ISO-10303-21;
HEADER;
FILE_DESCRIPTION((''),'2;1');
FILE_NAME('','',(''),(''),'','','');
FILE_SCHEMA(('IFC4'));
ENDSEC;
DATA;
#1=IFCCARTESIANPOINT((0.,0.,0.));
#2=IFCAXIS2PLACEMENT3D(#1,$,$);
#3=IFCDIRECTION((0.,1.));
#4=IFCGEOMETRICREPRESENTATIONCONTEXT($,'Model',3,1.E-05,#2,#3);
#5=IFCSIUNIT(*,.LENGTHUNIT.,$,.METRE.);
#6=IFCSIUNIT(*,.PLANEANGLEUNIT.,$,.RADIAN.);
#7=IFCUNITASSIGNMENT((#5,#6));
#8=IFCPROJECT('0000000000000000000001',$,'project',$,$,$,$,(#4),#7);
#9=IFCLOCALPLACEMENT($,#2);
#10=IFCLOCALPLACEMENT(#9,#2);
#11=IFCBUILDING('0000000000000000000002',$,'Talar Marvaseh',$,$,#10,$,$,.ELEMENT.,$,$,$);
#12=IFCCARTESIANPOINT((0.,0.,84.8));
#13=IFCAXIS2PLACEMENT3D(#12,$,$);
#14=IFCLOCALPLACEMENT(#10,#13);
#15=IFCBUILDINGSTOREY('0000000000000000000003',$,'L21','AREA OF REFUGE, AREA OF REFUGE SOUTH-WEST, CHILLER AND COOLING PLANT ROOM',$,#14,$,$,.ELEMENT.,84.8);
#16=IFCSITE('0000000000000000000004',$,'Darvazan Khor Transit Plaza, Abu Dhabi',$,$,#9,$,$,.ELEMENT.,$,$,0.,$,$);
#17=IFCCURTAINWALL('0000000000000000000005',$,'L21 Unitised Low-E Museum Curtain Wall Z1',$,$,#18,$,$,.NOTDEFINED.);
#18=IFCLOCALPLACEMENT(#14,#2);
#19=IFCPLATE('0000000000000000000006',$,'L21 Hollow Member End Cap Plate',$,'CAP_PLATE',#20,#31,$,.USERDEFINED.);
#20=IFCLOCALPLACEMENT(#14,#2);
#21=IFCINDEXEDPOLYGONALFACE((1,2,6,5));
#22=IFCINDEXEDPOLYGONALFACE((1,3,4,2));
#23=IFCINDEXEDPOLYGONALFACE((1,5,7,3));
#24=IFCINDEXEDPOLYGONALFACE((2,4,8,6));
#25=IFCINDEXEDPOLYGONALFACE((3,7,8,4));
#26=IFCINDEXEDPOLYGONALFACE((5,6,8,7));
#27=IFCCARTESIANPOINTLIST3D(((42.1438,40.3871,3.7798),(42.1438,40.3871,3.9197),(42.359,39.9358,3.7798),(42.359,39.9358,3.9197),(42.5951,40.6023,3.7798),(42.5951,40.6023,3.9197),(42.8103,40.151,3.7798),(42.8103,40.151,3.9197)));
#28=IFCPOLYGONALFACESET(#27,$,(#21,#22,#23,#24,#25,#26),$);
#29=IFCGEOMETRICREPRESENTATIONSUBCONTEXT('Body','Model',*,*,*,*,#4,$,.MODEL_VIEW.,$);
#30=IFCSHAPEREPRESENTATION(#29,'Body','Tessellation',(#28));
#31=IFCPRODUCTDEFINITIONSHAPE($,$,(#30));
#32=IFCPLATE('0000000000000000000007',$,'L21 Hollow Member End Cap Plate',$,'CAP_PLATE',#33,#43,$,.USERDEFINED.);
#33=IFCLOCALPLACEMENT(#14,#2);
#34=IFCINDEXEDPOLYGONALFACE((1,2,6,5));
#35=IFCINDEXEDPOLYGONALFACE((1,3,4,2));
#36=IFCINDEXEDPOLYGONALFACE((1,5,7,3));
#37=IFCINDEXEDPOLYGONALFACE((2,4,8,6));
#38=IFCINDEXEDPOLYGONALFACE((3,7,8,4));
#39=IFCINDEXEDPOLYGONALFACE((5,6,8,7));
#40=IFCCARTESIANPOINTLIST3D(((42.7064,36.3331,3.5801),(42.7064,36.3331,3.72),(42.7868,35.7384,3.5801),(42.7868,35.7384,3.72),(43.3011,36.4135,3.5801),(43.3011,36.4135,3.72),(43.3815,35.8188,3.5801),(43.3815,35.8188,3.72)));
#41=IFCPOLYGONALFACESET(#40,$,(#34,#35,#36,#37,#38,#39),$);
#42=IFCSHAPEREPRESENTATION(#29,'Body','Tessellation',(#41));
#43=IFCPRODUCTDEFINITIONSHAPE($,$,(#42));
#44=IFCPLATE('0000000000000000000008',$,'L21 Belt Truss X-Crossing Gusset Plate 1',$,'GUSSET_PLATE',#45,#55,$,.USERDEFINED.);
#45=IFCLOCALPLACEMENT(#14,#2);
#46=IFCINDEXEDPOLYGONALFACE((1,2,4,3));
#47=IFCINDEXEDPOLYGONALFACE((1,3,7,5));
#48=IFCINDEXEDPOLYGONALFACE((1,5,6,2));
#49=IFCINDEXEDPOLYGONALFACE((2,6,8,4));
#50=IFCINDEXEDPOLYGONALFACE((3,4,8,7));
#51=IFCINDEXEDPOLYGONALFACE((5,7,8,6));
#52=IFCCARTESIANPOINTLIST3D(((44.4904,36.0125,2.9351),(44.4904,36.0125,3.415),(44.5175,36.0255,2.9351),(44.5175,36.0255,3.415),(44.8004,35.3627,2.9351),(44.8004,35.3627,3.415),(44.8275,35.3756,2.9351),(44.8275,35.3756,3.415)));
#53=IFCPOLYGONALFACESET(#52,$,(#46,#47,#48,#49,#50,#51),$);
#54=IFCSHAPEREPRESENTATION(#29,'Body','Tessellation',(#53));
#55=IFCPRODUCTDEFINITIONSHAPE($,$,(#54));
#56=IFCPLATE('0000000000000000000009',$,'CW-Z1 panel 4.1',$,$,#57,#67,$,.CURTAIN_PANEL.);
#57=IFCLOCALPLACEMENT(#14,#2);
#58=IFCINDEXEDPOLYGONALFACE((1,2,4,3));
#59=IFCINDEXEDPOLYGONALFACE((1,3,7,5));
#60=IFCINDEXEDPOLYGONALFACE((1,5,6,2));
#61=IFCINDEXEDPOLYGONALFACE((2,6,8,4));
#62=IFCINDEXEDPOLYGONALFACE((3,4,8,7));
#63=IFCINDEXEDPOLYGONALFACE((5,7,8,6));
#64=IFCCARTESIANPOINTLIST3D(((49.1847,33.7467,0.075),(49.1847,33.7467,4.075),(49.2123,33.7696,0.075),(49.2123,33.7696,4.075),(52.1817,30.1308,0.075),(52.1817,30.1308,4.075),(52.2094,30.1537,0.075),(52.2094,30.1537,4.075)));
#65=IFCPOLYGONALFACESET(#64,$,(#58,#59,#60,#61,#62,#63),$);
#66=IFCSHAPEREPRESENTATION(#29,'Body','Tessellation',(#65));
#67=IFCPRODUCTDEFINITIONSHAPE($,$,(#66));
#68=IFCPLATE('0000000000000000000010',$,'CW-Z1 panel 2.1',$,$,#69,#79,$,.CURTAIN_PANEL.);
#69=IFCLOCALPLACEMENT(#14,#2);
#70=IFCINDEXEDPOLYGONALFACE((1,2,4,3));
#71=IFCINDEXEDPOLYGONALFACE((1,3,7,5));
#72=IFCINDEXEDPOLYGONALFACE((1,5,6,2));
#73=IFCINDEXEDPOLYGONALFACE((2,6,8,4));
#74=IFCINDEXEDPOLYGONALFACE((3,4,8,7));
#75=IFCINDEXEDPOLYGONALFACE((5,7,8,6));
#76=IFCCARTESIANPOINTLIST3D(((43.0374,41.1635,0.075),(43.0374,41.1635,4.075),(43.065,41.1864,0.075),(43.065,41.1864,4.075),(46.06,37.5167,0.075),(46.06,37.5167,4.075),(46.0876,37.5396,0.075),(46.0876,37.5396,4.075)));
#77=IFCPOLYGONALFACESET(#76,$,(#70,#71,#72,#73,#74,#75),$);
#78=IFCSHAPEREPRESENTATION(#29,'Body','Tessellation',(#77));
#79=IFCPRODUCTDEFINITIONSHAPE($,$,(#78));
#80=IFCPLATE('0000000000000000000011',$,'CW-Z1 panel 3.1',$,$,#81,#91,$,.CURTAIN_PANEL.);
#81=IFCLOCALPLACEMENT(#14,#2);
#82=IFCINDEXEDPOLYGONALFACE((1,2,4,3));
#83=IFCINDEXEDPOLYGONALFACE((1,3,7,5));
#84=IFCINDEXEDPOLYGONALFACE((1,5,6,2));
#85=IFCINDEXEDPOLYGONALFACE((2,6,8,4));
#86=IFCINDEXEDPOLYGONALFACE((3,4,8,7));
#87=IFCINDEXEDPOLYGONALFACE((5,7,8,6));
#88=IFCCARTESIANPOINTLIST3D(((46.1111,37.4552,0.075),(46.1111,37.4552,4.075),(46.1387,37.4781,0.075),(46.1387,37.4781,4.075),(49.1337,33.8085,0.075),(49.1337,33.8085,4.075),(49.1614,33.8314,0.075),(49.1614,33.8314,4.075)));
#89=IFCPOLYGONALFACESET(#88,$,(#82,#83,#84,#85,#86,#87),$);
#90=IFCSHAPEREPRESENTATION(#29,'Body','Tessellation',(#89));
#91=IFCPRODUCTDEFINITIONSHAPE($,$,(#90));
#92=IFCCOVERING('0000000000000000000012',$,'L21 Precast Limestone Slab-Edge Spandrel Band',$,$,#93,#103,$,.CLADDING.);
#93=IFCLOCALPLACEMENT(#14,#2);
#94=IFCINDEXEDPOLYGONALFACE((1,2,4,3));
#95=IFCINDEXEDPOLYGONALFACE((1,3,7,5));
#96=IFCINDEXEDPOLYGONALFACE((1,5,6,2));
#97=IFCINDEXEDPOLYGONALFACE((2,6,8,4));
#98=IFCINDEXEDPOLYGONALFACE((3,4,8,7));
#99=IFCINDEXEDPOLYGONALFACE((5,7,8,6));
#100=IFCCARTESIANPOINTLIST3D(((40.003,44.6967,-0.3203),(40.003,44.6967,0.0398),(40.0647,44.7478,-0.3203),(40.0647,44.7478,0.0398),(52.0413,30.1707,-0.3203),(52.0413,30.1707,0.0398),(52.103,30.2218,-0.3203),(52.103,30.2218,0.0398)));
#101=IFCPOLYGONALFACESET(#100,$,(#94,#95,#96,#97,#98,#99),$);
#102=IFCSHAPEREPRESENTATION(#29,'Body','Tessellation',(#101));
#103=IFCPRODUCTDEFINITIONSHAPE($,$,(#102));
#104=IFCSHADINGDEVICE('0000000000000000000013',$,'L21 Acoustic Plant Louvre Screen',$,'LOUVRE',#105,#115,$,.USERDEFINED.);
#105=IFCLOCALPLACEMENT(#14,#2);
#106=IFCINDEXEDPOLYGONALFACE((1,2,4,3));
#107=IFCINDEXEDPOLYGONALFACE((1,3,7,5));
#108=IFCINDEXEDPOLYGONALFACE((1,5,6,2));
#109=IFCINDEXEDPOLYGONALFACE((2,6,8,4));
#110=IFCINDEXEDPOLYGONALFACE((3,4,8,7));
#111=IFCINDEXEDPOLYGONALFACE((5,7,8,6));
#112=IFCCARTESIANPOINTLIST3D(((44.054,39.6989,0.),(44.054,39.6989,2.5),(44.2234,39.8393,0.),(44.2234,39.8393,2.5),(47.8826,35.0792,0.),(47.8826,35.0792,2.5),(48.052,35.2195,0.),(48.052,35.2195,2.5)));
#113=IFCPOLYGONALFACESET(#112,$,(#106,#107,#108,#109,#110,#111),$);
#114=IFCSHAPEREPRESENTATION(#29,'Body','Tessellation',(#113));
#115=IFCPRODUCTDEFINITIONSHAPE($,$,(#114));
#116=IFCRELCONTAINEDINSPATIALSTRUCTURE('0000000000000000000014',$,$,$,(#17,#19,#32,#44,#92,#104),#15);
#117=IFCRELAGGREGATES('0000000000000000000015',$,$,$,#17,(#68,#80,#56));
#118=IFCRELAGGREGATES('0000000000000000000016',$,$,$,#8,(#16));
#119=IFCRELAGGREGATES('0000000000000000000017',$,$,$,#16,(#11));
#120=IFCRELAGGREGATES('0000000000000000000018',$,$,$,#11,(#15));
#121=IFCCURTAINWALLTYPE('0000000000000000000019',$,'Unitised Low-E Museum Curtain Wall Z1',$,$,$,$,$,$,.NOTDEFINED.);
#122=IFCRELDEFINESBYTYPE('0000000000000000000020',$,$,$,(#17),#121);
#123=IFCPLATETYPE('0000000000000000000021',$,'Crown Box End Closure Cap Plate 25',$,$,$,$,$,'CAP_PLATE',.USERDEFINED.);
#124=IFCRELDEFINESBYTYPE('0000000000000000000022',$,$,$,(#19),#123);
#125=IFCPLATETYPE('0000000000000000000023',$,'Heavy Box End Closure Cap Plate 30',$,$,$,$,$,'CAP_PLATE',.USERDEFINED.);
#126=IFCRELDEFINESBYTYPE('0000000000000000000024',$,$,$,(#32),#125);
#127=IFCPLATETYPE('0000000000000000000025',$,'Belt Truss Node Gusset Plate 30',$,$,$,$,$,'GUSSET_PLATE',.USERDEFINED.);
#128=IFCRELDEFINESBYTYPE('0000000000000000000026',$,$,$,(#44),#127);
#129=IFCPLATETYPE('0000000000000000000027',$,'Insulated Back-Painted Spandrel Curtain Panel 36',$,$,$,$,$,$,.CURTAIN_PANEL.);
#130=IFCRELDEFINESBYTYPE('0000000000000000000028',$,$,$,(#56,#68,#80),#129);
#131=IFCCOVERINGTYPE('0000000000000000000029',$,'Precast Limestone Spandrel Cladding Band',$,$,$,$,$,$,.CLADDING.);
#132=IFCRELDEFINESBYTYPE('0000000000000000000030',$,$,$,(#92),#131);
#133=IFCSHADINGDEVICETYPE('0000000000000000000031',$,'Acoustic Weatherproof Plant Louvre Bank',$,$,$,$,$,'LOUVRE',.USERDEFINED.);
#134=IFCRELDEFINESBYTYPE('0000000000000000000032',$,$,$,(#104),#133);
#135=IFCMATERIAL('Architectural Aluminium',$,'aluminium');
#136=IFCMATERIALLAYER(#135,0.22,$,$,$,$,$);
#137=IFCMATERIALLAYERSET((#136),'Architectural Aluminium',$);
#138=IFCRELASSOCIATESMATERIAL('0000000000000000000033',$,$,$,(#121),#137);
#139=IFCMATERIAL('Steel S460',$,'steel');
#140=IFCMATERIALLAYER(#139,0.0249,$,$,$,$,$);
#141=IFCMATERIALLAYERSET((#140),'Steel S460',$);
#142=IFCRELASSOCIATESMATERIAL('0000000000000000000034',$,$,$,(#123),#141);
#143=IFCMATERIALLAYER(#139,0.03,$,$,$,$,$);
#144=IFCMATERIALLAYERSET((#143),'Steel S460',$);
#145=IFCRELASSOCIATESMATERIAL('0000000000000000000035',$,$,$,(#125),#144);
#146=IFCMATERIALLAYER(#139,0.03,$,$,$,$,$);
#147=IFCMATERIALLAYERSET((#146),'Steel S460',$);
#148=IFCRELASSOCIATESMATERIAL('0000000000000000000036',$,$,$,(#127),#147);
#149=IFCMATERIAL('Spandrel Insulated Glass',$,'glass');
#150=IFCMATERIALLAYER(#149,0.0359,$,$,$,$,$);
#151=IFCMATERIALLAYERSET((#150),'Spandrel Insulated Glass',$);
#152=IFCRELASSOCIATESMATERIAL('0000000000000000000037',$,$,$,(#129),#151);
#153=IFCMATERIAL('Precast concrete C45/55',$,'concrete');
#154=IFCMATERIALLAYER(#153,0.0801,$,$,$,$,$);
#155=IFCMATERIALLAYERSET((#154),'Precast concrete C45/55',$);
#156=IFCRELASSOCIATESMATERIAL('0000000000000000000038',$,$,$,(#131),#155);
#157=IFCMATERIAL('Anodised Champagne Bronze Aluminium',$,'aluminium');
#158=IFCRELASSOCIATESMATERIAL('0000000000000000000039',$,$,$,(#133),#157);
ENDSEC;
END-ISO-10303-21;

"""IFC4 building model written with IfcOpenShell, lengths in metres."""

from ifc_helpers import new_model, si_unit, direction, frame, origin, origin_2d, place, context, subcontext, project, spatial, rectangle, extrude, source, transform, mapped, material, layer, layer_set, type_object, type_shapes, element, aggregate, save


model = new_model("IFC4")

# Units and contexts
model_context = context("Model", 3, precision=1e-05, world=origin(), true_north=direction((0.0, 1.0)))
body_context = subcontext(model_context, "Body", "Model", "MODEL_VIEW")
ifc_project = project(units=[si_unit("LENGTHUNIT", "METRE"), si_unit("PLANEANGLEUNIT", "RADIAN")], contexts=[model_context])

# Site, building, storey
site_placement = place(None, origin())
site = spatial("IfcSite", under=ifc_project, at=site_placement, Name="Darvazan Khor Transit Plaza, Abu Dhabi", CompositionType="ELEMENT", RefElevation=0.0)
building_placement = place(site_placement, origin())
building = spatial("IfcBuilding", under=site, at=building_placement, Name="Talar Marvaseh", CompositionType="ELEMENT")
storey_placement = place(building_placement, frame((0.0, 0.0, 84.8)))
storey = spatial("IfcBuildingStorey", under=building, at=storey_placement, Name="L21", Description="AREA OF REFUGE, AREA OF REFUGE SOUTH-WEST, CHILLER AND COOLING PLANT ROOM", CompositionType="ELEMENT", Elevation=84.8)

# Shared definitions
ifc_material_1 = material(Name="Steel S460", Category="steel")

# Curtain wall
ifc_material_2 = material(Name="Architectural Aluminium", Category="aluminium")
ifc_layer_1 = layer(ifc_material_2, 0.22)
ifc_layer_set_1 = layer_set([ifc_layer_1], Name="Architectural Aluminium")
curtain_wall_type = type_object("IfcCurtainWallType", Name="Unitised Low-E Museum Curtain Wall Z1", PredefinedType="NOTDEFINED", material=ifc_layer_set_1)
curtain_wall_placement = place(storey_placement, origin())
curtain_wall = element("IfcCurtainWall", 1, at=curtain_wall_placement, inside=storey, type_object=curtain_wall_type, Name="L21 Unitised Low-E Museum Curtain Wall Z1", PredefinedType="NOTDEFINED")

# Plates
ifc_layer_2 = layer(ifc_material_1, 0.0249)
ifc_layer_set_2 = layer_set([ifc_layer_2], Name="Steel S460")
plate_type_1 = type_object("IfcPlateType", Name="Crown Box End Closure Cap Plate 25", ElementType="CAP_PLATE", PredefinedType="USERDEFINED", material=ifc_layer_set_2)
shared_shape_1 = source(origin(), body_context, "Body", "SweptSolid", [
    extrude(rectangle(XDim=0.5, YDim=0.5, at=origin_2d()), origin(), (0.0, 0.0, 1.0), 0.1399),
])
type_shapes(plate_type_1, [shared_shape_1])
for number, where, z_axis, x_axis, name in (
    (2, (42.4771, 40.269, 3.7798), (0.0, 0.0, 1.0), (-0.430511, 0.902585, 0.0), "L21 Hollow Member End Cap Plate"),
):
    element("IfcPlate", number, at=place(storey_placement, frame(where, z_axis=z_axis, x_axis=x_axis)), inside=storey, type_object=plate_type_1, Name=name, ObjectType="CAP_PLATE", PredefinedType="USERDEFINED", context=body_context, shape_type="MappedRepresentation", body=[
        mapped(shared_shape_1, transform((0.0, 0.0, 0.0), x_axis=(1.0, 0.0, 0.0), y_axis=(0.0, 1.0, 0.0), z_axis=(0.0, 0.0, 1.0), scale=1.0)),
    ])
ifc_layer_3 = layer(ifc_material_1, 0.03)
ifc_layer_set_3 = layer_set([ifc_layer_3], Name="Steel S460")
plate_type_2 = type_object("IfcPlateType", Name="Heavy Box End Closure Cap Plate 30", ElementType="CAP_PLATE", PredefinedType="USERDEFINED", material=ifc_layer_set_3)
shared_shape_2 = source(origin(), body_context, "Body", "SweptSolid", [
    extrude(rectangle(XDim=0.6001, YDim=0.6001, at=origin_2d()), origin(), (0.0, 0.0, 1.0), 0.1399),
])
type_shapes(plate_type_2, [shared_shape_2])
plate_1_placement = place(storey_placement, frame((43.0439, 36.0759, 3.5801), z_axis=(0.0, 0.0, 1.0), x_axis=(0.133986, -0.990983, 0.0)))
element("IfcPlate", 3, at=plate_1_placement, inside=storey, type_object=plate_type_2, Name="L21 Hollow Member End Cap Plate", ObjectType="CAP_PLATE", PredefinedType="USERDEFINED", context=body_context, shape_type="MappedRepresentation", body=[
    mapped(shared_shape_2, transform((0.0, 0.0, 0.0), x_axis=(1.0, 0.0, 0.0), y_axis=(0.0, 1.0, 0.0), z_axis=(0.0, 0.0, 1.0), scale=1.0)),
])
ifc_layer_4 = layer(ifc_material_1, 0.03)
ifc_layer_set_4 = layer_set([ifc_layer_4], Name="Steel S460")
plate_type_3 = type_object("IfcPlateType", Name="Belt Truss Node Gusset Plate 30", ElementType="GUSSET_PLATE", PredefinedType="USERDEFINED", material=ifc_layer_set_4)
shared_shape_3 = source(origin(), body_context, "Body", "SweptSolid", [
    extrude(rectangle(XDim=0.72, YDim=0.03, at=origin_2d()), origin(), (0.0, 0.0, 1.0), 0.48),
])
type_shapes(plate_type_3, [shared_shape_3])
plate_2_placement = place(storey_placement, frame((44.6589, 35.6941, 2.9351), z_axis=(0.0, 0.0, 1.0), x_axis=(0.430511, -0.902585, 0.0)))
element("IfcPlate", 4, at=plate_2_placement, inside=storey, type_object=plate_type_3, Name="L21 Belt Truss X-Crossing Gusset Plate 1", ObjectType="GUSSET_PLATE", PredefinedType="USERDEFINED", context=body_context, shape_type="MappedRepresentation", body=[
    mapped(shared_shape_3, transform((0.0, 0.0, 0.0), x_axis=(1.0, 0.0, 0.0), y_axis=(0.0, 1.0, 0.0), z_axis=(0.0, 0.0, 1.0), scale=1.0)),
])

# Plates
ifc_material_3 = material(Name="Spandrel Insulated Glass", Category="glass")
ifc_layer_5 = layer(ifc_material_3, 0.0359)
ifc_layer_set_5 = layer_set([ifc_layer_5], Name="Spandrel Insulated Glass")
plate_type_4 = type_object("IfcPlateType", Name="Insulated Back-Painted Spandrel Curtain Panel 36", PredefinedType="CURTAIN_PANEL", material=ifc_layer_set_5)
shared_shape_4 = source(origin(), body_context, "Body", "SweptSolid", [
    extrude(rectangle(XDim=4.6965, YDim=0.0359, at=origin_2d()), origin(), (0.0, 0.0, 1.0), 4.0),
])
plate_3_placement = place(storey_placement, frame((50.697, 31.9502, 0.075), z_axis=(0.0, 0.0, 1.0), x_axis=(0.638147, -0.769915, 0.0)))
plate_3 = element("IfcPlate", 5, at=plate_3_placement, type_object=plate_type_4, Name="CW-Z1 panel 4.1", PredefinedType="CURTAIN_PANEL", context=body_context, shape_type="MappedRepresentation", body=[
    mapped(shared_shape_4, transform((0.0, 0.0, 0.0), x_axis=(1.0, 0.0, 0.0), y_axis=(0.0, 1.0, 0.0), z_axis=(0.0, 0.0, 1.0), scale=1.0)),
])
shared_shape_5 = source(origin(), body_context, "Body", "SweptSolid", [
    extrude(rectangle(XDim=4.7366, YDim=0.0359, at=origin_2d()), origin(), (0.0, 0.0, 1.0), 4.0),
])
type_shapes(plate_type_4, [shared_shape_4, shared_shape_5])
plate_4_placement = place(storey_placement, frame((44.5625, 39.3516, 0.075), z_axis=(0.0, 0.0, 1.0), x_axis=(0.638147, -0.769915, 0.0)))
plate_4 = element("IfcPlate", 6, at=plate_4_placement, type_object=plate_type_4, Name="CW-Z1 panel 2.1", PredefinedType="CURTAIN_PANEL", context=body_context, shape_type="MappedRepresentation", body=[
    mapped(shared_shape_5, transform((0.0, 0.0, 0.0), x_axis=(1.0, 0.0, 0.0), y_axis=(0.0, 1.0, 0.0), z_axis=(0.0, 0.0, 1.0), scale=1.0)),
])
plate_5_placement = place(storey_placement, frame((47.6362, 35.6433, 0.075), z_axis=(0.0, 0.0, 1.0), x_axis=(0.638147, -0.769915, 0.0)))
plate_5 = element("IfcPlate", 7, at=plate_5_placement, type_object=plate_type_4, Name="CW-Z1 panel 3.1", PredefinedType="CURTAIN_PANEL", context=body_context, shape_type="MappedRepresentation", body=[
    mapped(shared_shape_5, transform((0.0, 0.0, 0.0), x_axis=(1.0, 0.0, 0.0), y_axis=(0.0, 1.0, 0.0), z_axis=(0.0, 0.0, 1.0), scale=1.0)),
])
aggregate(curtain_wall, [plate_4, plate_5, plate_3])

# Covering
ifc_material_4 = material(Name="Precast concrete C45/55", Category="concrete")
ifc_layer_6 = layer(ifc_material_4, 0.0801)
ifc_layer_set_6 = layer_set([ifc_layer_6], Name="Precast concrete C45/55")
covering_type = type_object("IfcCoveringType", Name="Precast Limestone Spandrel Cladding Band", PredefinedType="CLADDING", material=ifc_layer_set_6)
shared_shape_6 = source(origin(), body_context, "Body", "SweptSolid", [
    extrude(rectangle(XDim=18.866, YDim=0.0801, at=origin_2d()), origin(), (0.0, 0.0, 1.0), 0.3601),
])
type_shapes(covering_type, [shared_shape_6])
covering_placement = place(storey_placement, frame((46.053, 37.4592, -0.3203), z_axis=(0.0, 0.0, 1.0), x_axis=(0.638096, -0.769957, 0.0)))
element("IfcCovering", 8, at=covering_placement, inside=storey, type_object=covering_type, Name="L21 Precast Limestone Slab-Edge Spandrel Band", PredefinedType="CLADDING", context=body_context, shape_type="MappedRepresentation", body=[
    mapped(shared_shape_6, transform((0.0, 0.0, 0.0), x_axis=(1.0, 0.0, 0.0), y_axis=(0.0, 1.0, 0.0), z_axis=(0.0, 0.0, 1.0), scale=1.0)),
])

# Shading device
ifc_material_5 = material(Name="Anodised Champagne Bronze Aluminium", Category="aluminium")
shading_device_type = type_object("IfcShadingDeviceType", Name="Acoustic Weatherproof Plant Louvre Bank", ElementType="LOUVRE", PredefinedType="USERDEFINED", material=ifc_material_5)
shared_shape_7 = source(origin(), body_context, "Body", "SweptSolid", [
    extrude(rectangle(XDim=6.0, YDim=0.22, at=origin_2d()), origin(), (0.0, 0.0, 1.0), 2.5),
])
type_shapes(shading_device_type, [shared_shape_7])
shading_device_placement = place(storey_placement, frame((46.053, 37.4592, 0.0), z_axis=(0.0, 0.0, 1.0), x_axis=(0.638096, -0.769957, 0.0)))
element("IfcShadingDevice", 9, at=shading_device_placement, inside=storey, type_object=shading_device_type, Name="L21 Acoustic Plant Louvre Screen", ObjectType="LOUVRE", PredefinedType="USERDEFINED", context=body_context, shape_type="MappedRepresentation", body=[
    mapped(shared_shape_7, transform((0.0, 0.0, 0.0), x_axis=(1.0, 0.0, 0.0), y_axis=(0.0, 1.0, 0.0), z_axis=(0.0, 0.0, 1.0), scale=1.0)),
])

save(model, "model.ifc")
